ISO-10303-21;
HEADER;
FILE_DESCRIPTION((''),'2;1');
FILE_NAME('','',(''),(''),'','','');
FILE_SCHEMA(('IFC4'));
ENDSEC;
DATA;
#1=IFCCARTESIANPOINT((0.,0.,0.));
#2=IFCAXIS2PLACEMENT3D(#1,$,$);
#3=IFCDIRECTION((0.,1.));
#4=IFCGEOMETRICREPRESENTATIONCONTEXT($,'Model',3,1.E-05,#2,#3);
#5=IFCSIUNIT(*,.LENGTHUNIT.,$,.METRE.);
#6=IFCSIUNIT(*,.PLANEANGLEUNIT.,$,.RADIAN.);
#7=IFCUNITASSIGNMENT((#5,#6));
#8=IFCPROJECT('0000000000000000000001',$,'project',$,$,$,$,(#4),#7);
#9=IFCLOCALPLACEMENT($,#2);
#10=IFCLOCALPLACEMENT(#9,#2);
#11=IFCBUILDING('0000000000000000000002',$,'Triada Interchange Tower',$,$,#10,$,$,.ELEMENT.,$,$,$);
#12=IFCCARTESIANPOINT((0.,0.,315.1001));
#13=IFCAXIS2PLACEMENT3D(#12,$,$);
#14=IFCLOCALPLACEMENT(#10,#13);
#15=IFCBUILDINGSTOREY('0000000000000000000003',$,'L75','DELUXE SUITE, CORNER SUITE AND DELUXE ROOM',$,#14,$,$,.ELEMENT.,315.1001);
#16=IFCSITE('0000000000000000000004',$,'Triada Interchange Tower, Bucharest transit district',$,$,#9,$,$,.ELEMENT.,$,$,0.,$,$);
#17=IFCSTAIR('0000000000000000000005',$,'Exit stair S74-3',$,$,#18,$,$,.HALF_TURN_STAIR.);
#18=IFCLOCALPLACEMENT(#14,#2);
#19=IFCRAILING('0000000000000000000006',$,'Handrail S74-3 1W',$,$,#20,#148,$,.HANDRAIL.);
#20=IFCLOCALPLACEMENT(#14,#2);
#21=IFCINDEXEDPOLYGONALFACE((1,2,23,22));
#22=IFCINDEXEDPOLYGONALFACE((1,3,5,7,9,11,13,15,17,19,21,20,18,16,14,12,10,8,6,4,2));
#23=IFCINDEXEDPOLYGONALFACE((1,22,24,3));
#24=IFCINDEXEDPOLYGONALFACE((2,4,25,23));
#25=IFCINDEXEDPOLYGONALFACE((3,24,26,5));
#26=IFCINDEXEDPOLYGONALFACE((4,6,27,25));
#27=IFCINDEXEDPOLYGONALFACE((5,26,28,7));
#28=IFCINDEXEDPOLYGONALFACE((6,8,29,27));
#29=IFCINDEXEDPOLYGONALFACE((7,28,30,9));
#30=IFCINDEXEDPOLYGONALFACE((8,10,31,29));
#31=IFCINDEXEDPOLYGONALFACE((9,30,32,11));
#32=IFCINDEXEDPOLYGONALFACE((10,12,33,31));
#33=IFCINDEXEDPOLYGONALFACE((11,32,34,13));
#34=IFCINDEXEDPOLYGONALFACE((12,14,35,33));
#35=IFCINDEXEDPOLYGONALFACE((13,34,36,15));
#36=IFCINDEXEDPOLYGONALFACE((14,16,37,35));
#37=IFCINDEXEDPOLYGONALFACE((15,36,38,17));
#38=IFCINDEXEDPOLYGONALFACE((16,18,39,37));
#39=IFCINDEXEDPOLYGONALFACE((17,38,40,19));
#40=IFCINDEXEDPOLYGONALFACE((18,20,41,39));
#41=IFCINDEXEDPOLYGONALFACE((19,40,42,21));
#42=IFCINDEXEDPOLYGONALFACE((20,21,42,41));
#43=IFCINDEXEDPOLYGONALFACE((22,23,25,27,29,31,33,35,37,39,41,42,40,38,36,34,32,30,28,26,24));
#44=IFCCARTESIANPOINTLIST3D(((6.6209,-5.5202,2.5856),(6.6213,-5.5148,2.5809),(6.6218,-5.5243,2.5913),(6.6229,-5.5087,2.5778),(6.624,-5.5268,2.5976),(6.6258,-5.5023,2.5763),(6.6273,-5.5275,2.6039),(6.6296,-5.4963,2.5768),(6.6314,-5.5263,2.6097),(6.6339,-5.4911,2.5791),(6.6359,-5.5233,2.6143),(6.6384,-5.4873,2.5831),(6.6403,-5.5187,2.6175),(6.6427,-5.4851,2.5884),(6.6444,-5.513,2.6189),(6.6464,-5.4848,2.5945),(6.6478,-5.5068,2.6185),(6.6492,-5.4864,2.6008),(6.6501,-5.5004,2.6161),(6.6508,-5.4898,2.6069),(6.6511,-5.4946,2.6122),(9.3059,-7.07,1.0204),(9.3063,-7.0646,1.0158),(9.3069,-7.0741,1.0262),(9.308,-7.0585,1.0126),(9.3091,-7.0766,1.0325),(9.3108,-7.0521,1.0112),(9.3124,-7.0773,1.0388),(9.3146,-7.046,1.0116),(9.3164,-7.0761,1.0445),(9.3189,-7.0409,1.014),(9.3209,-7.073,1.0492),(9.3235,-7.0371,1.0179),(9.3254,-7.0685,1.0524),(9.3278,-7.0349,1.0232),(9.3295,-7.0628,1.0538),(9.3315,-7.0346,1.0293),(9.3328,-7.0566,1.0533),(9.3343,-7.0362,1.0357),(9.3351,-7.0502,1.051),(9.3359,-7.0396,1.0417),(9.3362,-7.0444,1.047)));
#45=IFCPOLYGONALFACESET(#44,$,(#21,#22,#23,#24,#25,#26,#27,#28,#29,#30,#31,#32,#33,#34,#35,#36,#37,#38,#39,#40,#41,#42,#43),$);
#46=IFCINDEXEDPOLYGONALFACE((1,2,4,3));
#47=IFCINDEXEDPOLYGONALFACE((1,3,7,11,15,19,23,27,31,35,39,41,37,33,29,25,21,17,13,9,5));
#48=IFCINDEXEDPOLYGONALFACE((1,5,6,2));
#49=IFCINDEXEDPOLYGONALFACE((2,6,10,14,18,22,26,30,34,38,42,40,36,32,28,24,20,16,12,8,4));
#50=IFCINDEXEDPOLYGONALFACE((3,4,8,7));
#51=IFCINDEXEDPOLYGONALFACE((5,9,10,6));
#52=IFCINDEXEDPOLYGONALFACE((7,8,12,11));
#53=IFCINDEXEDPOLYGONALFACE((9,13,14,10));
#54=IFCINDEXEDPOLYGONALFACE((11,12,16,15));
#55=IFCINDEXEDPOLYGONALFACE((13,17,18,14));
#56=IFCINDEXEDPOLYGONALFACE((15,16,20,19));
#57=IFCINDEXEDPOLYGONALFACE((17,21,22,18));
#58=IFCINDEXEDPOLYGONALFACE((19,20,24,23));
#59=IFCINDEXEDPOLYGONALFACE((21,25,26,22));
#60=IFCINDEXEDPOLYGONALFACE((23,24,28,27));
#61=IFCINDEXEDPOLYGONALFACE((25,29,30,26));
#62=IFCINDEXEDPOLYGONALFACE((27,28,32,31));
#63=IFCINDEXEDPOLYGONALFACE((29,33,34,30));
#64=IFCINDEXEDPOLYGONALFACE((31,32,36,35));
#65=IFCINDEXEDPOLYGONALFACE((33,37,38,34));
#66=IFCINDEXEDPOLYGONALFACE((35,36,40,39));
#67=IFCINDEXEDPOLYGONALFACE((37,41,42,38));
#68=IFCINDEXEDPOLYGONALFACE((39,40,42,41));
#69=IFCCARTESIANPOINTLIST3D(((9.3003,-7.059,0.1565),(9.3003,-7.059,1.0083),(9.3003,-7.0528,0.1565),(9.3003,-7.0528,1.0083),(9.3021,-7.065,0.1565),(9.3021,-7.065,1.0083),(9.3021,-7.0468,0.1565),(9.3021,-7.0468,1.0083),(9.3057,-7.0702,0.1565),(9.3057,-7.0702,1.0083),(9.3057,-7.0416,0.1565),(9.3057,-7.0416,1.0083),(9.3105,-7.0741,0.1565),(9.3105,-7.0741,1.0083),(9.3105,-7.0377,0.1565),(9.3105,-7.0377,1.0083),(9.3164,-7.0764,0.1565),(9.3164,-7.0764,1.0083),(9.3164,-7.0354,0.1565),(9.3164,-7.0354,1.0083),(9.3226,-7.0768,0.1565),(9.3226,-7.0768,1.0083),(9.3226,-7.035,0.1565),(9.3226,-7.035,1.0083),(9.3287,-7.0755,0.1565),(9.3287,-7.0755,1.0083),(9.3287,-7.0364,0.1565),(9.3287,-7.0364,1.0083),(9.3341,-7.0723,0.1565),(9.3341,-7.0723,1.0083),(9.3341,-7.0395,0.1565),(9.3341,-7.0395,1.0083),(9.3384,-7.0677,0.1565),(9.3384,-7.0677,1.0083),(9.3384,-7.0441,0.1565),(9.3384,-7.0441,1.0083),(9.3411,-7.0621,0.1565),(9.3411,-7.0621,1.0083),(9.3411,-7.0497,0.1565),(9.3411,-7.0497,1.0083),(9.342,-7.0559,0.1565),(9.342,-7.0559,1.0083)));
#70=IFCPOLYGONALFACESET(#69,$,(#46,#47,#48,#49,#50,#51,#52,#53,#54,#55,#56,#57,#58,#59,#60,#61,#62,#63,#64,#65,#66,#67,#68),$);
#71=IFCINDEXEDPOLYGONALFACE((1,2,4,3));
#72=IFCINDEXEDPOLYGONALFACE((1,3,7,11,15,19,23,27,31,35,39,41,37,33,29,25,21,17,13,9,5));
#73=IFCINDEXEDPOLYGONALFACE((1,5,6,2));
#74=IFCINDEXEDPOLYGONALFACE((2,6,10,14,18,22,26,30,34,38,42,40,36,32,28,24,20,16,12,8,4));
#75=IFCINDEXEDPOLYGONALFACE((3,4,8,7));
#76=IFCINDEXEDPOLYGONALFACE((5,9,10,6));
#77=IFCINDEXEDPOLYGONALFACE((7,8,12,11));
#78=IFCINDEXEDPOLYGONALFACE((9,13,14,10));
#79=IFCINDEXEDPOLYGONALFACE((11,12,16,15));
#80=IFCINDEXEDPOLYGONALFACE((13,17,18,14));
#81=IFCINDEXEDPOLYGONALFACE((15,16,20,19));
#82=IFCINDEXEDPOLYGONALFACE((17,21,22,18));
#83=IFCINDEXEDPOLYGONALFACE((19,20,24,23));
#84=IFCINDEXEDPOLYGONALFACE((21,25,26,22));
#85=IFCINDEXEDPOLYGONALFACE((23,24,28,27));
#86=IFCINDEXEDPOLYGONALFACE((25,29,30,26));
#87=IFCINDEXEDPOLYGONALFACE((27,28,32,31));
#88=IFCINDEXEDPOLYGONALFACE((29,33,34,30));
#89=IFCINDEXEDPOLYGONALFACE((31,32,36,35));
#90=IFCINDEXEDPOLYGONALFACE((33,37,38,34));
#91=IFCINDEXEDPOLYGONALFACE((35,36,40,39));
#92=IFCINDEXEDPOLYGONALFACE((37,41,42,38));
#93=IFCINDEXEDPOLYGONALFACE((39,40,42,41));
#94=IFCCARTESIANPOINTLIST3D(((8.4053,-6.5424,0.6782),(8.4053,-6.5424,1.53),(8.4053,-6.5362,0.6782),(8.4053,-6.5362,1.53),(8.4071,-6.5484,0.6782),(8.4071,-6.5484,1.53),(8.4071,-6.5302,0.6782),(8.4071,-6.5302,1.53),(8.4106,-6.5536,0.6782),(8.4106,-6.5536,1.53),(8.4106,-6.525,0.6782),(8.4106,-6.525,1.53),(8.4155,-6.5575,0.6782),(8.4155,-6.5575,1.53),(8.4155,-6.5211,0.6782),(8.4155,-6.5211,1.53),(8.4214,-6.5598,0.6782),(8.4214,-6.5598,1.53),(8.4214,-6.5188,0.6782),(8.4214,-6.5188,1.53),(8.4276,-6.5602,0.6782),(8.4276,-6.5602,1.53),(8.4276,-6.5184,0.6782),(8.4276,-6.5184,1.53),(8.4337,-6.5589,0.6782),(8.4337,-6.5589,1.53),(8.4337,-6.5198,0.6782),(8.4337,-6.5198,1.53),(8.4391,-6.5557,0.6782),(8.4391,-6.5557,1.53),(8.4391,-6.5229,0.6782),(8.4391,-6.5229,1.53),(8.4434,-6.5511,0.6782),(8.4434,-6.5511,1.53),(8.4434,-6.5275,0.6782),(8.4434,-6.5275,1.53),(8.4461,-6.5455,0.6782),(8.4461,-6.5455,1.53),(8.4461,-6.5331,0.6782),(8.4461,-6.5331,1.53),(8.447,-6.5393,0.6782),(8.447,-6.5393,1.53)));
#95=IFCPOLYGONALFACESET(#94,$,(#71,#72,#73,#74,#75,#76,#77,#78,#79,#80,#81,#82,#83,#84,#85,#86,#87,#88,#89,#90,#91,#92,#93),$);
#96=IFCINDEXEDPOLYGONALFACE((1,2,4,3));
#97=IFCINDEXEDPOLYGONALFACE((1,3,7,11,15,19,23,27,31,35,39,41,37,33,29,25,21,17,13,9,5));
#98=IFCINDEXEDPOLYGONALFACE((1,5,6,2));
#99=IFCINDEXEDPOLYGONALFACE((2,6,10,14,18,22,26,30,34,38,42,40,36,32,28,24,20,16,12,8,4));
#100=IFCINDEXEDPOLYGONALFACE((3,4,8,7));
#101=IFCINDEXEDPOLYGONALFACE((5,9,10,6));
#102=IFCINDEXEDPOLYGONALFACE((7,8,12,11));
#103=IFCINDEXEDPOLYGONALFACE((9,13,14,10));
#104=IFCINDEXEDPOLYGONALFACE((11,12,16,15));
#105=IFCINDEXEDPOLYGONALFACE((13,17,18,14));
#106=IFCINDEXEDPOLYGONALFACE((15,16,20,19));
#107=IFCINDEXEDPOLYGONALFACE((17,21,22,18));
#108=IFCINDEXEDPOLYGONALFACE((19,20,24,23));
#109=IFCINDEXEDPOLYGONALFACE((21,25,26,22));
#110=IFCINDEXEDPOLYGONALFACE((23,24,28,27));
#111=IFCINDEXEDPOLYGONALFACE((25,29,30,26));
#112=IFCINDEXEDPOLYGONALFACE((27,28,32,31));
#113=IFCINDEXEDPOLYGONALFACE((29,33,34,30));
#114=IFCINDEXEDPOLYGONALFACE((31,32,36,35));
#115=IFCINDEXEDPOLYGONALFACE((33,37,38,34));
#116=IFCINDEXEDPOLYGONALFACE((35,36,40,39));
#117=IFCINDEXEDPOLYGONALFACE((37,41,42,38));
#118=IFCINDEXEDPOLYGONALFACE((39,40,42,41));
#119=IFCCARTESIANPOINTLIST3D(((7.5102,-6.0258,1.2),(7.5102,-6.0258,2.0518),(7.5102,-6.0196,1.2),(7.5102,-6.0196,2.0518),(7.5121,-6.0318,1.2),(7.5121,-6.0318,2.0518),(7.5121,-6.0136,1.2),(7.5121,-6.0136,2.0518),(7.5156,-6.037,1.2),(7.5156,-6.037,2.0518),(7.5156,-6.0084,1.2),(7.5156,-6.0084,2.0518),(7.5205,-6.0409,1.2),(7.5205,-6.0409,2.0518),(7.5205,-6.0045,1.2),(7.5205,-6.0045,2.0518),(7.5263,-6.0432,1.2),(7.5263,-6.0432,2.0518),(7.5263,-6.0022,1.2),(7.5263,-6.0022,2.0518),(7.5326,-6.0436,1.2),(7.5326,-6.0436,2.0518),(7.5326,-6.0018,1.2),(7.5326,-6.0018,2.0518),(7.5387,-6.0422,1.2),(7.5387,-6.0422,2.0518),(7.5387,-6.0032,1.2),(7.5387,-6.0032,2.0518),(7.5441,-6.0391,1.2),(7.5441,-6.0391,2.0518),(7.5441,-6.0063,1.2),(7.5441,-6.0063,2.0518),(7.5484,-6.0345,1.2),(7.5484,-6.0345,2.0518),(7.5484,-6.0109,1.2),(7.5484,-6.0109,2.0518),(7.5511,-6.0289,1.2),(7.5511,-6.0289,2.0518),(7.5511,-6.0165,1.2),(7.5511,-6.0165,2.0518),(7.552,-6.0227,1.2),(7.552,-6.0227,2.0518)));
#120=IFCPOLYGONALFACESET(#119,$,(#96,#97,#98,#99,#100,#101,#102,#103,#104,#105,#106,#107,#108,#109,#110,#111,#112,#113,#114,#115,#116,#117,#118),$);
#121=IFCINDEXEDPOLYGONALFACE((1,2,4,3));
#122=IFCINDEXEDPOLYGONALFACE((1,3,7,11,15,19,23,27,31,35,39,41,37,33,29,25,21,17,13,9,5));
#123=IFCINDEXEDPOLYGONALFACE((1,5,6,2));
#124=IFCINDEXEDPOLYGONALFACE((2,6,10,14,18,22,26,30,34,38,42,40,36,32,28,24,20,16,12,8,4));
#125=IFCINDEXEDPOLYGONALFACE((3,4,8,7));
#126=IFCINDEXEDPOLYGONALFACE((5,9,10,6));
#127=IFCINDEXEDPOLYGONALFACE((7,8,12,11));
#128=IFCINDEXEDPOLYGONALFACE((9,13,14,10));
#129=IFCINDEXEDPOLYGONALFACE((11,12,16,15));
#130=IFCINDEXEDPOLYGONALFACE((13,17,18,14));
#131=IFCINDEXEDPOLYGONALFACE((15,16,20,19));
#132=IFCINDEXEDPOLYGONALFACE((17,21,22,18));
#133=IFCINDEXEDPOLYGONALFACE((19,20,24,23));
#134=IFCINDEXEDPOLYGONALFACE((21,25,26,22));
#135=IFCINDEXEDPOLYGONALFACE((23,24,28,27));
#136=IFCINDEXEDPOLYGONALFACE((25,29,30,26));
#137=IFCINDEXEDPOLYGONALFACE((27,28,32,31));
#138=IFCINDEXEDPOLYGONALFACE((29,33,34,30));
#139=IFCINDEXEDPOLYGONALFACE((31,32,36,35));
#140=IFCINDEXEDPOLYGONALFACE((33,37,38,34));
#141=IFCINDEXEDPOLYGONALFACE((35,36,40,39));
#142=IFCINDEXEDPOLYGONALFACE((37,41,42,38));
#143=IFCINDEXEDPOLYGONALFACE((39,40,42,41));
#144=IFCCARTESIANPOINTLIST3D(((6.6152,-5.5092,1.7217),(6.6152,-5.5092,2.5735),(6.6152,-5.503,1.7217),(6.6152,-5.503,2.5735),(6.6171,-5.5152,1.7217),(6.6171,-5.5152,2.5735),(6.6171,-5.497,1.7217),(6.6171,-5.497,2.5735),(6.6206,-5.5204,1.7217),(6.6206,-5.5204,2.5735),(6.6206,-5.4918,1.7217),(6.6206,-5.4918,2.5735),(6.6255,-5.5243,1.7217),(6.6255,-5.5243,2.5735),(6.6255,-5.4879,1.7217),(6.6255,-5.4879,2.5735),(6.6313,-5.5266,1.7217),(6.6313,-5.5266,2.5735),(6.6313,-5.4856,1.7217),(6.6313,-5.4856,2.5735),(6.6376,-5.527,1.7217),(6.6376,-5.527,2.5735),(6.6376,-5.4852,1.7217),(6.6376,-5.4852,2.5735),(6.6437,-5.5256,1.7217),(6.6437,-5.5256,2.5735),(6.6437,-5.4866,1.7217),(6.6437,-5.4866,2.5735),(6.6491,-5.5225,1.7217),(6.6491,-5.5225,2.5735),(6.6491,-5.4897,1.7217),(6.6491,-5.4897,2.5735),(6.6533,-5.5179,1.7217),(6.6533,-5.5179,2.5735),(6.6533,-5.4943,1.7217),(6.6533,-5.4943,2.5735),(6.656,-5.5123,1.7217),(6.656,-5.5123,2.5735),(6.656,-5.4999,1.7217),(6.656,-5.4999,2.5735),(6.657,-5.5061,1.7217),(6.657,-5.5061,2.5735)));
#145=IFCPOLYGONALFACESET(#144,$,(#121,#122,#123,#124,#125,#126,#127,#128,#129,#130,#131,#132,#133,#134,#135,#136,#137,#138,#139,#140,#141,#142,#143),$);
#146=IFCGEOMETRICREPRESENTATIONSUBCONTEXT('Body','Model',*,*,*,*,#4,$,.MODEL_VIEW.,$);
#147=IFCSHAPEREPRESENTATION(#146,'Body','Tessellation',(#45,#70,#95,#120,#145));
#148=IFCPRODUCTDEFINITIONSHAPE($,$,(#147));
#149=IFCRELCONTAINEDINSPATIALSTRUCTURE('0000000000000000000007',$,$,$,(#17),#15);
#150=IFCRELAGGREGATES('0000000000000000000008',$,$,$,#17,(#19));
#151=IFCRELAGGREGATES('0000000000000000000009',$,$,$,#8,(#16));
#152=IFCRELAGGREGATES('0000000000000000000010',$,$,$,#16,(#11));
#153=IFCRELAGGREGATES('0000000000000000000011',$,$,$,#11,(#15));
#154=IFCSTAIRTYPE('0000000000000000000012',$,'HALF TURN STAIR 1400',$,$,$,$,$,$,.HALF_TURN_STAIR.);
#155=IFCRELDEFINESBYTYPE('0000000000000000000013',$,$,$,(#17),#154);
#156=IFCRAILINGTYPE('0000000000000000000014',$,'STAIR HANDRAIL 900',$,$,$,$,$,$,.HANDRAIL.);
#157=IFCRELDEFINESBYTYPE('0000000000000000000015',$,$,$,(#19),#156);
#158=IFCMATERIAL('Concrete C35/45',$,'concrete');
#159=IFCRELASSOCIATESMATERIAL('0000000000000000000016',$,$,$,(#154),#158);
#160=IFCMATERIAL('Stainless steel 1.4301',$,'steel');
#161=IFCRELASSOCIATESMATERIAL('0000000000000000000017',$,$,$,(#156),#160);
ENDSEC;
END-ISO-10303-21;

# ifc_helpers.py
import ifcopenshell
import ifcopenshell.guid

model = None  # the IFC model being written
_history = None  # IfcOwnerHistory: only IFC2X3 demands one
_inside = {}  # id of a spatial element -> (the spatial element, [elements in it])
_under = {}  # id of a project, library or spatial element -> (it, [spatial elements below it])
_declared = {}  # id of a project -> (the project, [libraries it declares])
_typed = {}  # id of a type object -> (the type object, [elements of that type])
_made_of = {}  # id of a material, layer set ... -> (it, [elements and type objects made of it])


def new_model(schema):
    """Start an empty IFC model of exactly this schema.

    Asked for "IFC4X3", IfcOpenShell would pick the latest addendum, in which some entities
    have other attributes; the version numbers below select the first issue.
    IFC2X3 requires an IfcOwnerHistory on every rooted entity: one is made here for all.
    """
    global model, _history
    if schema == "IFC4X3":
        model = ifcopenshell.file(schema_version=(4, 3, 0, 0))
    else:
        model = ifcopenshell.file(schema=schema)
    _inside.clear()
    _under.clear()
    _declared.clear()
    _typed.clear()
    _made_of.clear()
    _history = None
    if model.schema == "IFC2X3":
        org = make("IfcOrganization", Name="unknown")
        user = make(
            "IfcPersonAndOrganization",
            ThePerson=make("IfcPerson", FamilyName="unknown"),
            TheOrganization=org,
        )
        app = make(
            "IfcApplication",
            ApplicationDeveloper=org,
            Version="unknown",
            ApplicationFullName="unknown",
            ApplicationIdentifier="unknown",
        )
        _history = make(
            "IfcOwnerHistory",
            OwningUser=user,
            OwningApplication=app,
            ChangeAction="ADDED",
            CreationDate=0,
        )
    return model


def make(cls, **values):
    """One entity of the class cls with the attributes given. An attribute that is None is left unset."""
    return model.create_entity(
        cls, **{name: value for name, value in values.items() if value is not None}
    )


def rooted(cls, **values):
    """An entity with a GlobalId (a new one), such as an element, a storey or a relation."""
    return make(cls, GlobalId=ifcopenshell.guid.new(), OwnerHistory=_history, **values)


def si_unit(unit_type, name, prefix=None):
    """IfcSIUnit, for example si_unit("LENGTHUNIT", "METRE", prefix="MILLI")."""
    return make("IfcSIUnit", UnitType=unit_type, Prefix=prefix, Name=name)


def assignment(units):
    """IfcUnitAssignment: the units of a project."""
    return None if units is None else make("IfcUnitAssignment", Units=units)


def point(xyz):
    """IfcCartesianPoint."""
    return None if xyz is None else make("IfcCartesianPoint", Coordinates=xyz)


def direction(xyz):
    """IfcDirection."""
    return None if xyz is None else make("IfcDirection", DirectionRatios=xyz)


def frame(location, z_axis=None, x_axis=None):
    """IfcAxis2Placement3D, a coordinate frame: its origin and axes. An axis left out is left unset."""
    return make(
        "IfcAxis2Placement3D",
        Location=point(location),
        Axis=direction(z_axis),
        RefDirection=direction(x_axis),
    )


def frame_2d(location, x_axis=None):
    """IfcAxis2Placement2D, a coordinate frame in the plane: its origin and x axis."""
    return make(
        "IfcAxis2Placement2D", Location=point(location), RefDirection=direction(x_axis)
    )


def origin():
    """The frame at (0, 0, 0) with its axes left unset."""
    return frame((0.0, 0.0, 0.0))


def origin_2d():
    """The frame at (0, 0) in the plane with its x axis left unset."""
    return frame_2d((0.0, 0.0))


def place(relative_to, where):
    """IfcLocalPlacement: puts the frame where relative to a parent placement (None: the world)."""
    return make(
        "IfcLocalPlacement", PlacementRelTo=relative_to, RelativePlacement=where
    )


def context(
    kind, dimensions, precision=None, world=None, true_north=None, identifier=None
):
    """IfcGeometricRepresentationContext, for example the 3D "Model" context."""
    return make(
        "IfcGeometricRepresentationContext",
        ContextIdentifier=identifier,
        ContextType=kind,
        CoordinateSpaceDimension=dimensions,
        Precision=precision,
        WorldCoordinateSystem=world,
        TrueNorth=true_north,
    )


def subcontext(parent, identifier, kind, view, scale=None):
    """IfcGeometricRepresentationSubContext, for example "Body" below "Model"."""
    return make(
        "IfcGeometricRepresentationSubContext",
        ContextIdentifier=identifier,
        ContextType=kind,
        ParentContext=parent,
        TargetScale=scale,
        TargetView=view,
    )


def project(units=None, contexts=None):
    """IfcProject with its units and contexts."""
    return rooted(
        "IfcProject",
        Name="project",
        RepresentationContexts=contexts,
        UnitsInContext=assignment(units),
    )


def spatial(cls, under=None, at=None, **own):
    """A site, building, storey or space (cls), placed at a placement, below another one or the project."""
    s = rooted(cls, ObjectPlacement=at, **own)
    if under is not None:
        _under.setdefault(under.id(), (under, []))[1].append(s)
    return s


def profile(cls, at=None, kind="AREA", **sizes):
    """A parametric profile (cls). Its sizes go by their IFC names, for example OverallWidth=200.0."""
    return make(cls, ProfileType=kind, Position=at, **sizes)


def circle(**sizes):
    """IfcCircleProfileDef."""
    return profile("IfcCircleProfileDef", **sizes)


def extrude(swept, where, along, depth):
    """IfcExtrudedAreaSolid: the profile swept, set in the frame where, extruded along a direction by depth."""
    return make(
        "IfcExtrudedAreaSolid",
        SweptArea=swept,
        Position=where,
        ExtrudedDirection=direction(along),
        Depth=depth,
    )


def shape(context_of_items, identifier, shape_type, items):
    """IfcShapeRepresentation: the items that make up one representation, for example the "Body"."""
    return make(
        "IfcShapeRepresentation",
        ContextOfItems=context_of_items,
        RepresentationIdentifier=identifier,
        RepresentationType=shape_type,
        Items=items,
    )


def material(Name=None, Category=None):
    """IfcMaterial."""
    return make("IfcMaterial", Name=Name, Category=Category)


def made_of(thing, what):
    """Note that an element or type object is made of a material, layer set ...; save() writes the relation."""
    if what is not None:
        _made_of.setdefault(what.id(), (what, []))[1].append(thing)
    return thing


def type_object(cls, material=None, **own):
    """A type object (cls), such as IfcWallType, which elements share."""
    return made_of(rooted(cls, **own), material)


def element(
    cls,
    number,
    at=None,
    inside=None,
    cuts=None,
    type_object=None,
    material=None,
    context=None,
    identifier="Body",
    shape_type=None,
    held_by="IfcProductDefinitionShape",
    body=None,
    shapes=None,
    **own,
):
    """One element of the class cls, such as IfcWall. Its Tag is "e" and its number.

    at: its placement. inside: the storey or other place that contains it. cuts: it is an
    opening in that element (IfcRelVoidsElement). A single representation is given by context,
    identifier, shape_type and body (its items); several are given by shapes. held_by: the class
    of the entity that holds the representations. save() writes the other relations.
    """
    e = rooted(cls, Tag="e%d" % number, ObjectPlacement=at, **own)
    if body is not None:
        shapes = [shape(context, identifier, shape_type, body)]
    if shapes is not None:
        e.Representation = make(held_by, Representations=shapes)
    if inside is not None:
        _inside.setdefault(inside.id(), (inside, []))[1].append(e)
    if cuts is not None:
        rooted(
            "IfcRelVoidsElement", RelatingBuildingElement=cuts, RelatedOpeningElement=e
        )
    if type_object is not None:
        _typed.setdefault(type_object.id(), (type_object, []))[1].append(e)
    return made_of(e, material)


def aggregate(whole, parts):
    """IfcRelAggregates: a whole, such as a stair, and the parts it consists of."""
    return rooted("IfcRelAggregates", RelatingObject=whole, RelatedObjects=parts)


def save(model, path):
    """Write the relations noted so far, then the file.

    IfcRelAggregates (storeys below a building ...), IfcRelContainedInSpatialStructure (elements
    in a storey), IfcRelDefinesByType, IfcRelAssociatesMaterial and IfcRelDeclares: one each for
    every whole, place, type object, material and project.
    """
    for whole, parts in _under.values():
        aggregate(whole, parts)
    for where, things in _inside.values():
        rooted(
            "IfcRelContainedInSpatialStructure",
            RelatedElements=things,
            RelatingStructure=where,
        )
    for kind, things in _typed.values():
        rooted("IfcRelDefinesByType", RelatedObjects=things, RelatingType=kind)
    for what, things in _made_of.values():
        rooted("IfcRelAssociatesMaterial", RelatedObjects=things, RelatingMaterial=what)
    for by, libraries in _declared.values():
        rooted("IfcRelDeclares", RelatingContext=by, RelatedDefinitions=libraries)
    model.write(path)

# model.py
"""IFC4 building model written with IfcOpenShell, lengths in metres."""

from ifc_helpers import new_model, si_unit, direction, frame, origin, origin_2d, place, context, subcontext, project, spatial, circle, extrude, material, type_object, element, aggregate, save


model = new_model("IFC4")

# Units and contexts
model_context = context("Model", 3, precision=1e-05, world=origin(), true_north=direction((0.0, 1.0)))
body_context = subcontext(model_context, "Body", "Model", "MODEL_VIEW")
ifc_project = project(units=[si_unit("LENGTHUNIT", "METRE"), si_unit("PLANEANGLEUNIT", "RADIAN")], contexts=[model_context])

# Site, building, storey
site_placement = place(None, origin())
site = spatial("IfcSite", under=ifc_project, at=site_placement, Name="Triada Interchange Tower, Bucharest transit district", CompositionType="ELEMENT", RefElevation=0.0)
building_placement = place(site_placement, origin())
building = spatial("IfcBuilding", under=site, at=building_placement, Name="Triada Interchange Tower", CompositionType="ELEMENT")
storey_placement = place(building_placement, frame((0.0, 0.0, 315.1001)))
storey = spatial("IfcBuildingStorey", under=building, at=storey_placement, Name="L75", Description="DELUXE SUITE, CORNER SUITE AND DELUXE ROOM", CompositionType="ELEMENT", Elevation=315.1001)

# Stair, railing
ifc_material_1 = material(Name="Concrete C35/45", Category="concrete")
stair_type = type_object("IfcStairType", Name="HALF TURN STAIR 1400", PredefinedType="HALF_TURN_STAIR", material=ifc_material_1)
stair_placement = place(storey_placement, origin())
stair = element("IfcStair", 1, at=stair_placement, inside=storey, type_object=stair_type, Name="Exit stair S74-3", PredefinedType="HALF_TURN_STAIR")
ifc_material_2 = material(Name="Stainless steel 1.4301", Category="steel")
railing_type = type_object("IfcRailingType", Name="STAIR HANDRAIL 900", PredefinedType="HANDRAIL", material=ifc_material_2)
railing_1_placement = place(storey_placement, frame((9.321, -7.0559, 0.1565)))
railing_1 = element("IfcRailing", 2, at=railing_1_placement, type_object=railing_type, Name="Handrail S74-3 1W", PredefinedType="HANDRAIL", context=body_context, shape_type="SweptSolid", body=[
    extrude(circle(Radius=0.0239, at=origin_2d()), frame((0.0, 0.0, 0.876), z_axis=(-0.773139, 0.446253, 0.450682), x_axis=(-0.4999, -0.866083, 0.0)), (0.0, 0.0, 1.0), 3.4729),
    extrude(circle(Radius=0.021, at=origin_2d()), origin(), (0.0, 0.0, 1.0), 0.8518),
    extrude(circle(Radius=0.021, at=origin_2d()), frame((-0.895, 0.5166, 0.5217)), (0.0, 0.0, 1.0), 0.8518),
    extrude(circle(Radius=0.021, at=origin_2d()), frame((-1.79, 1.0332, 1.0435)), (0.0, 0.0, 1.0), 0.8518),
    extrude(circle(Radius=0.021, at=origin_2d()), frame((-2.6851, 1.5498, 1.5652)), (0.0, 0.0, 1.0), 0.8518),
])
aggregate(stair, [railing_1])

save(model, "model.ifc")
